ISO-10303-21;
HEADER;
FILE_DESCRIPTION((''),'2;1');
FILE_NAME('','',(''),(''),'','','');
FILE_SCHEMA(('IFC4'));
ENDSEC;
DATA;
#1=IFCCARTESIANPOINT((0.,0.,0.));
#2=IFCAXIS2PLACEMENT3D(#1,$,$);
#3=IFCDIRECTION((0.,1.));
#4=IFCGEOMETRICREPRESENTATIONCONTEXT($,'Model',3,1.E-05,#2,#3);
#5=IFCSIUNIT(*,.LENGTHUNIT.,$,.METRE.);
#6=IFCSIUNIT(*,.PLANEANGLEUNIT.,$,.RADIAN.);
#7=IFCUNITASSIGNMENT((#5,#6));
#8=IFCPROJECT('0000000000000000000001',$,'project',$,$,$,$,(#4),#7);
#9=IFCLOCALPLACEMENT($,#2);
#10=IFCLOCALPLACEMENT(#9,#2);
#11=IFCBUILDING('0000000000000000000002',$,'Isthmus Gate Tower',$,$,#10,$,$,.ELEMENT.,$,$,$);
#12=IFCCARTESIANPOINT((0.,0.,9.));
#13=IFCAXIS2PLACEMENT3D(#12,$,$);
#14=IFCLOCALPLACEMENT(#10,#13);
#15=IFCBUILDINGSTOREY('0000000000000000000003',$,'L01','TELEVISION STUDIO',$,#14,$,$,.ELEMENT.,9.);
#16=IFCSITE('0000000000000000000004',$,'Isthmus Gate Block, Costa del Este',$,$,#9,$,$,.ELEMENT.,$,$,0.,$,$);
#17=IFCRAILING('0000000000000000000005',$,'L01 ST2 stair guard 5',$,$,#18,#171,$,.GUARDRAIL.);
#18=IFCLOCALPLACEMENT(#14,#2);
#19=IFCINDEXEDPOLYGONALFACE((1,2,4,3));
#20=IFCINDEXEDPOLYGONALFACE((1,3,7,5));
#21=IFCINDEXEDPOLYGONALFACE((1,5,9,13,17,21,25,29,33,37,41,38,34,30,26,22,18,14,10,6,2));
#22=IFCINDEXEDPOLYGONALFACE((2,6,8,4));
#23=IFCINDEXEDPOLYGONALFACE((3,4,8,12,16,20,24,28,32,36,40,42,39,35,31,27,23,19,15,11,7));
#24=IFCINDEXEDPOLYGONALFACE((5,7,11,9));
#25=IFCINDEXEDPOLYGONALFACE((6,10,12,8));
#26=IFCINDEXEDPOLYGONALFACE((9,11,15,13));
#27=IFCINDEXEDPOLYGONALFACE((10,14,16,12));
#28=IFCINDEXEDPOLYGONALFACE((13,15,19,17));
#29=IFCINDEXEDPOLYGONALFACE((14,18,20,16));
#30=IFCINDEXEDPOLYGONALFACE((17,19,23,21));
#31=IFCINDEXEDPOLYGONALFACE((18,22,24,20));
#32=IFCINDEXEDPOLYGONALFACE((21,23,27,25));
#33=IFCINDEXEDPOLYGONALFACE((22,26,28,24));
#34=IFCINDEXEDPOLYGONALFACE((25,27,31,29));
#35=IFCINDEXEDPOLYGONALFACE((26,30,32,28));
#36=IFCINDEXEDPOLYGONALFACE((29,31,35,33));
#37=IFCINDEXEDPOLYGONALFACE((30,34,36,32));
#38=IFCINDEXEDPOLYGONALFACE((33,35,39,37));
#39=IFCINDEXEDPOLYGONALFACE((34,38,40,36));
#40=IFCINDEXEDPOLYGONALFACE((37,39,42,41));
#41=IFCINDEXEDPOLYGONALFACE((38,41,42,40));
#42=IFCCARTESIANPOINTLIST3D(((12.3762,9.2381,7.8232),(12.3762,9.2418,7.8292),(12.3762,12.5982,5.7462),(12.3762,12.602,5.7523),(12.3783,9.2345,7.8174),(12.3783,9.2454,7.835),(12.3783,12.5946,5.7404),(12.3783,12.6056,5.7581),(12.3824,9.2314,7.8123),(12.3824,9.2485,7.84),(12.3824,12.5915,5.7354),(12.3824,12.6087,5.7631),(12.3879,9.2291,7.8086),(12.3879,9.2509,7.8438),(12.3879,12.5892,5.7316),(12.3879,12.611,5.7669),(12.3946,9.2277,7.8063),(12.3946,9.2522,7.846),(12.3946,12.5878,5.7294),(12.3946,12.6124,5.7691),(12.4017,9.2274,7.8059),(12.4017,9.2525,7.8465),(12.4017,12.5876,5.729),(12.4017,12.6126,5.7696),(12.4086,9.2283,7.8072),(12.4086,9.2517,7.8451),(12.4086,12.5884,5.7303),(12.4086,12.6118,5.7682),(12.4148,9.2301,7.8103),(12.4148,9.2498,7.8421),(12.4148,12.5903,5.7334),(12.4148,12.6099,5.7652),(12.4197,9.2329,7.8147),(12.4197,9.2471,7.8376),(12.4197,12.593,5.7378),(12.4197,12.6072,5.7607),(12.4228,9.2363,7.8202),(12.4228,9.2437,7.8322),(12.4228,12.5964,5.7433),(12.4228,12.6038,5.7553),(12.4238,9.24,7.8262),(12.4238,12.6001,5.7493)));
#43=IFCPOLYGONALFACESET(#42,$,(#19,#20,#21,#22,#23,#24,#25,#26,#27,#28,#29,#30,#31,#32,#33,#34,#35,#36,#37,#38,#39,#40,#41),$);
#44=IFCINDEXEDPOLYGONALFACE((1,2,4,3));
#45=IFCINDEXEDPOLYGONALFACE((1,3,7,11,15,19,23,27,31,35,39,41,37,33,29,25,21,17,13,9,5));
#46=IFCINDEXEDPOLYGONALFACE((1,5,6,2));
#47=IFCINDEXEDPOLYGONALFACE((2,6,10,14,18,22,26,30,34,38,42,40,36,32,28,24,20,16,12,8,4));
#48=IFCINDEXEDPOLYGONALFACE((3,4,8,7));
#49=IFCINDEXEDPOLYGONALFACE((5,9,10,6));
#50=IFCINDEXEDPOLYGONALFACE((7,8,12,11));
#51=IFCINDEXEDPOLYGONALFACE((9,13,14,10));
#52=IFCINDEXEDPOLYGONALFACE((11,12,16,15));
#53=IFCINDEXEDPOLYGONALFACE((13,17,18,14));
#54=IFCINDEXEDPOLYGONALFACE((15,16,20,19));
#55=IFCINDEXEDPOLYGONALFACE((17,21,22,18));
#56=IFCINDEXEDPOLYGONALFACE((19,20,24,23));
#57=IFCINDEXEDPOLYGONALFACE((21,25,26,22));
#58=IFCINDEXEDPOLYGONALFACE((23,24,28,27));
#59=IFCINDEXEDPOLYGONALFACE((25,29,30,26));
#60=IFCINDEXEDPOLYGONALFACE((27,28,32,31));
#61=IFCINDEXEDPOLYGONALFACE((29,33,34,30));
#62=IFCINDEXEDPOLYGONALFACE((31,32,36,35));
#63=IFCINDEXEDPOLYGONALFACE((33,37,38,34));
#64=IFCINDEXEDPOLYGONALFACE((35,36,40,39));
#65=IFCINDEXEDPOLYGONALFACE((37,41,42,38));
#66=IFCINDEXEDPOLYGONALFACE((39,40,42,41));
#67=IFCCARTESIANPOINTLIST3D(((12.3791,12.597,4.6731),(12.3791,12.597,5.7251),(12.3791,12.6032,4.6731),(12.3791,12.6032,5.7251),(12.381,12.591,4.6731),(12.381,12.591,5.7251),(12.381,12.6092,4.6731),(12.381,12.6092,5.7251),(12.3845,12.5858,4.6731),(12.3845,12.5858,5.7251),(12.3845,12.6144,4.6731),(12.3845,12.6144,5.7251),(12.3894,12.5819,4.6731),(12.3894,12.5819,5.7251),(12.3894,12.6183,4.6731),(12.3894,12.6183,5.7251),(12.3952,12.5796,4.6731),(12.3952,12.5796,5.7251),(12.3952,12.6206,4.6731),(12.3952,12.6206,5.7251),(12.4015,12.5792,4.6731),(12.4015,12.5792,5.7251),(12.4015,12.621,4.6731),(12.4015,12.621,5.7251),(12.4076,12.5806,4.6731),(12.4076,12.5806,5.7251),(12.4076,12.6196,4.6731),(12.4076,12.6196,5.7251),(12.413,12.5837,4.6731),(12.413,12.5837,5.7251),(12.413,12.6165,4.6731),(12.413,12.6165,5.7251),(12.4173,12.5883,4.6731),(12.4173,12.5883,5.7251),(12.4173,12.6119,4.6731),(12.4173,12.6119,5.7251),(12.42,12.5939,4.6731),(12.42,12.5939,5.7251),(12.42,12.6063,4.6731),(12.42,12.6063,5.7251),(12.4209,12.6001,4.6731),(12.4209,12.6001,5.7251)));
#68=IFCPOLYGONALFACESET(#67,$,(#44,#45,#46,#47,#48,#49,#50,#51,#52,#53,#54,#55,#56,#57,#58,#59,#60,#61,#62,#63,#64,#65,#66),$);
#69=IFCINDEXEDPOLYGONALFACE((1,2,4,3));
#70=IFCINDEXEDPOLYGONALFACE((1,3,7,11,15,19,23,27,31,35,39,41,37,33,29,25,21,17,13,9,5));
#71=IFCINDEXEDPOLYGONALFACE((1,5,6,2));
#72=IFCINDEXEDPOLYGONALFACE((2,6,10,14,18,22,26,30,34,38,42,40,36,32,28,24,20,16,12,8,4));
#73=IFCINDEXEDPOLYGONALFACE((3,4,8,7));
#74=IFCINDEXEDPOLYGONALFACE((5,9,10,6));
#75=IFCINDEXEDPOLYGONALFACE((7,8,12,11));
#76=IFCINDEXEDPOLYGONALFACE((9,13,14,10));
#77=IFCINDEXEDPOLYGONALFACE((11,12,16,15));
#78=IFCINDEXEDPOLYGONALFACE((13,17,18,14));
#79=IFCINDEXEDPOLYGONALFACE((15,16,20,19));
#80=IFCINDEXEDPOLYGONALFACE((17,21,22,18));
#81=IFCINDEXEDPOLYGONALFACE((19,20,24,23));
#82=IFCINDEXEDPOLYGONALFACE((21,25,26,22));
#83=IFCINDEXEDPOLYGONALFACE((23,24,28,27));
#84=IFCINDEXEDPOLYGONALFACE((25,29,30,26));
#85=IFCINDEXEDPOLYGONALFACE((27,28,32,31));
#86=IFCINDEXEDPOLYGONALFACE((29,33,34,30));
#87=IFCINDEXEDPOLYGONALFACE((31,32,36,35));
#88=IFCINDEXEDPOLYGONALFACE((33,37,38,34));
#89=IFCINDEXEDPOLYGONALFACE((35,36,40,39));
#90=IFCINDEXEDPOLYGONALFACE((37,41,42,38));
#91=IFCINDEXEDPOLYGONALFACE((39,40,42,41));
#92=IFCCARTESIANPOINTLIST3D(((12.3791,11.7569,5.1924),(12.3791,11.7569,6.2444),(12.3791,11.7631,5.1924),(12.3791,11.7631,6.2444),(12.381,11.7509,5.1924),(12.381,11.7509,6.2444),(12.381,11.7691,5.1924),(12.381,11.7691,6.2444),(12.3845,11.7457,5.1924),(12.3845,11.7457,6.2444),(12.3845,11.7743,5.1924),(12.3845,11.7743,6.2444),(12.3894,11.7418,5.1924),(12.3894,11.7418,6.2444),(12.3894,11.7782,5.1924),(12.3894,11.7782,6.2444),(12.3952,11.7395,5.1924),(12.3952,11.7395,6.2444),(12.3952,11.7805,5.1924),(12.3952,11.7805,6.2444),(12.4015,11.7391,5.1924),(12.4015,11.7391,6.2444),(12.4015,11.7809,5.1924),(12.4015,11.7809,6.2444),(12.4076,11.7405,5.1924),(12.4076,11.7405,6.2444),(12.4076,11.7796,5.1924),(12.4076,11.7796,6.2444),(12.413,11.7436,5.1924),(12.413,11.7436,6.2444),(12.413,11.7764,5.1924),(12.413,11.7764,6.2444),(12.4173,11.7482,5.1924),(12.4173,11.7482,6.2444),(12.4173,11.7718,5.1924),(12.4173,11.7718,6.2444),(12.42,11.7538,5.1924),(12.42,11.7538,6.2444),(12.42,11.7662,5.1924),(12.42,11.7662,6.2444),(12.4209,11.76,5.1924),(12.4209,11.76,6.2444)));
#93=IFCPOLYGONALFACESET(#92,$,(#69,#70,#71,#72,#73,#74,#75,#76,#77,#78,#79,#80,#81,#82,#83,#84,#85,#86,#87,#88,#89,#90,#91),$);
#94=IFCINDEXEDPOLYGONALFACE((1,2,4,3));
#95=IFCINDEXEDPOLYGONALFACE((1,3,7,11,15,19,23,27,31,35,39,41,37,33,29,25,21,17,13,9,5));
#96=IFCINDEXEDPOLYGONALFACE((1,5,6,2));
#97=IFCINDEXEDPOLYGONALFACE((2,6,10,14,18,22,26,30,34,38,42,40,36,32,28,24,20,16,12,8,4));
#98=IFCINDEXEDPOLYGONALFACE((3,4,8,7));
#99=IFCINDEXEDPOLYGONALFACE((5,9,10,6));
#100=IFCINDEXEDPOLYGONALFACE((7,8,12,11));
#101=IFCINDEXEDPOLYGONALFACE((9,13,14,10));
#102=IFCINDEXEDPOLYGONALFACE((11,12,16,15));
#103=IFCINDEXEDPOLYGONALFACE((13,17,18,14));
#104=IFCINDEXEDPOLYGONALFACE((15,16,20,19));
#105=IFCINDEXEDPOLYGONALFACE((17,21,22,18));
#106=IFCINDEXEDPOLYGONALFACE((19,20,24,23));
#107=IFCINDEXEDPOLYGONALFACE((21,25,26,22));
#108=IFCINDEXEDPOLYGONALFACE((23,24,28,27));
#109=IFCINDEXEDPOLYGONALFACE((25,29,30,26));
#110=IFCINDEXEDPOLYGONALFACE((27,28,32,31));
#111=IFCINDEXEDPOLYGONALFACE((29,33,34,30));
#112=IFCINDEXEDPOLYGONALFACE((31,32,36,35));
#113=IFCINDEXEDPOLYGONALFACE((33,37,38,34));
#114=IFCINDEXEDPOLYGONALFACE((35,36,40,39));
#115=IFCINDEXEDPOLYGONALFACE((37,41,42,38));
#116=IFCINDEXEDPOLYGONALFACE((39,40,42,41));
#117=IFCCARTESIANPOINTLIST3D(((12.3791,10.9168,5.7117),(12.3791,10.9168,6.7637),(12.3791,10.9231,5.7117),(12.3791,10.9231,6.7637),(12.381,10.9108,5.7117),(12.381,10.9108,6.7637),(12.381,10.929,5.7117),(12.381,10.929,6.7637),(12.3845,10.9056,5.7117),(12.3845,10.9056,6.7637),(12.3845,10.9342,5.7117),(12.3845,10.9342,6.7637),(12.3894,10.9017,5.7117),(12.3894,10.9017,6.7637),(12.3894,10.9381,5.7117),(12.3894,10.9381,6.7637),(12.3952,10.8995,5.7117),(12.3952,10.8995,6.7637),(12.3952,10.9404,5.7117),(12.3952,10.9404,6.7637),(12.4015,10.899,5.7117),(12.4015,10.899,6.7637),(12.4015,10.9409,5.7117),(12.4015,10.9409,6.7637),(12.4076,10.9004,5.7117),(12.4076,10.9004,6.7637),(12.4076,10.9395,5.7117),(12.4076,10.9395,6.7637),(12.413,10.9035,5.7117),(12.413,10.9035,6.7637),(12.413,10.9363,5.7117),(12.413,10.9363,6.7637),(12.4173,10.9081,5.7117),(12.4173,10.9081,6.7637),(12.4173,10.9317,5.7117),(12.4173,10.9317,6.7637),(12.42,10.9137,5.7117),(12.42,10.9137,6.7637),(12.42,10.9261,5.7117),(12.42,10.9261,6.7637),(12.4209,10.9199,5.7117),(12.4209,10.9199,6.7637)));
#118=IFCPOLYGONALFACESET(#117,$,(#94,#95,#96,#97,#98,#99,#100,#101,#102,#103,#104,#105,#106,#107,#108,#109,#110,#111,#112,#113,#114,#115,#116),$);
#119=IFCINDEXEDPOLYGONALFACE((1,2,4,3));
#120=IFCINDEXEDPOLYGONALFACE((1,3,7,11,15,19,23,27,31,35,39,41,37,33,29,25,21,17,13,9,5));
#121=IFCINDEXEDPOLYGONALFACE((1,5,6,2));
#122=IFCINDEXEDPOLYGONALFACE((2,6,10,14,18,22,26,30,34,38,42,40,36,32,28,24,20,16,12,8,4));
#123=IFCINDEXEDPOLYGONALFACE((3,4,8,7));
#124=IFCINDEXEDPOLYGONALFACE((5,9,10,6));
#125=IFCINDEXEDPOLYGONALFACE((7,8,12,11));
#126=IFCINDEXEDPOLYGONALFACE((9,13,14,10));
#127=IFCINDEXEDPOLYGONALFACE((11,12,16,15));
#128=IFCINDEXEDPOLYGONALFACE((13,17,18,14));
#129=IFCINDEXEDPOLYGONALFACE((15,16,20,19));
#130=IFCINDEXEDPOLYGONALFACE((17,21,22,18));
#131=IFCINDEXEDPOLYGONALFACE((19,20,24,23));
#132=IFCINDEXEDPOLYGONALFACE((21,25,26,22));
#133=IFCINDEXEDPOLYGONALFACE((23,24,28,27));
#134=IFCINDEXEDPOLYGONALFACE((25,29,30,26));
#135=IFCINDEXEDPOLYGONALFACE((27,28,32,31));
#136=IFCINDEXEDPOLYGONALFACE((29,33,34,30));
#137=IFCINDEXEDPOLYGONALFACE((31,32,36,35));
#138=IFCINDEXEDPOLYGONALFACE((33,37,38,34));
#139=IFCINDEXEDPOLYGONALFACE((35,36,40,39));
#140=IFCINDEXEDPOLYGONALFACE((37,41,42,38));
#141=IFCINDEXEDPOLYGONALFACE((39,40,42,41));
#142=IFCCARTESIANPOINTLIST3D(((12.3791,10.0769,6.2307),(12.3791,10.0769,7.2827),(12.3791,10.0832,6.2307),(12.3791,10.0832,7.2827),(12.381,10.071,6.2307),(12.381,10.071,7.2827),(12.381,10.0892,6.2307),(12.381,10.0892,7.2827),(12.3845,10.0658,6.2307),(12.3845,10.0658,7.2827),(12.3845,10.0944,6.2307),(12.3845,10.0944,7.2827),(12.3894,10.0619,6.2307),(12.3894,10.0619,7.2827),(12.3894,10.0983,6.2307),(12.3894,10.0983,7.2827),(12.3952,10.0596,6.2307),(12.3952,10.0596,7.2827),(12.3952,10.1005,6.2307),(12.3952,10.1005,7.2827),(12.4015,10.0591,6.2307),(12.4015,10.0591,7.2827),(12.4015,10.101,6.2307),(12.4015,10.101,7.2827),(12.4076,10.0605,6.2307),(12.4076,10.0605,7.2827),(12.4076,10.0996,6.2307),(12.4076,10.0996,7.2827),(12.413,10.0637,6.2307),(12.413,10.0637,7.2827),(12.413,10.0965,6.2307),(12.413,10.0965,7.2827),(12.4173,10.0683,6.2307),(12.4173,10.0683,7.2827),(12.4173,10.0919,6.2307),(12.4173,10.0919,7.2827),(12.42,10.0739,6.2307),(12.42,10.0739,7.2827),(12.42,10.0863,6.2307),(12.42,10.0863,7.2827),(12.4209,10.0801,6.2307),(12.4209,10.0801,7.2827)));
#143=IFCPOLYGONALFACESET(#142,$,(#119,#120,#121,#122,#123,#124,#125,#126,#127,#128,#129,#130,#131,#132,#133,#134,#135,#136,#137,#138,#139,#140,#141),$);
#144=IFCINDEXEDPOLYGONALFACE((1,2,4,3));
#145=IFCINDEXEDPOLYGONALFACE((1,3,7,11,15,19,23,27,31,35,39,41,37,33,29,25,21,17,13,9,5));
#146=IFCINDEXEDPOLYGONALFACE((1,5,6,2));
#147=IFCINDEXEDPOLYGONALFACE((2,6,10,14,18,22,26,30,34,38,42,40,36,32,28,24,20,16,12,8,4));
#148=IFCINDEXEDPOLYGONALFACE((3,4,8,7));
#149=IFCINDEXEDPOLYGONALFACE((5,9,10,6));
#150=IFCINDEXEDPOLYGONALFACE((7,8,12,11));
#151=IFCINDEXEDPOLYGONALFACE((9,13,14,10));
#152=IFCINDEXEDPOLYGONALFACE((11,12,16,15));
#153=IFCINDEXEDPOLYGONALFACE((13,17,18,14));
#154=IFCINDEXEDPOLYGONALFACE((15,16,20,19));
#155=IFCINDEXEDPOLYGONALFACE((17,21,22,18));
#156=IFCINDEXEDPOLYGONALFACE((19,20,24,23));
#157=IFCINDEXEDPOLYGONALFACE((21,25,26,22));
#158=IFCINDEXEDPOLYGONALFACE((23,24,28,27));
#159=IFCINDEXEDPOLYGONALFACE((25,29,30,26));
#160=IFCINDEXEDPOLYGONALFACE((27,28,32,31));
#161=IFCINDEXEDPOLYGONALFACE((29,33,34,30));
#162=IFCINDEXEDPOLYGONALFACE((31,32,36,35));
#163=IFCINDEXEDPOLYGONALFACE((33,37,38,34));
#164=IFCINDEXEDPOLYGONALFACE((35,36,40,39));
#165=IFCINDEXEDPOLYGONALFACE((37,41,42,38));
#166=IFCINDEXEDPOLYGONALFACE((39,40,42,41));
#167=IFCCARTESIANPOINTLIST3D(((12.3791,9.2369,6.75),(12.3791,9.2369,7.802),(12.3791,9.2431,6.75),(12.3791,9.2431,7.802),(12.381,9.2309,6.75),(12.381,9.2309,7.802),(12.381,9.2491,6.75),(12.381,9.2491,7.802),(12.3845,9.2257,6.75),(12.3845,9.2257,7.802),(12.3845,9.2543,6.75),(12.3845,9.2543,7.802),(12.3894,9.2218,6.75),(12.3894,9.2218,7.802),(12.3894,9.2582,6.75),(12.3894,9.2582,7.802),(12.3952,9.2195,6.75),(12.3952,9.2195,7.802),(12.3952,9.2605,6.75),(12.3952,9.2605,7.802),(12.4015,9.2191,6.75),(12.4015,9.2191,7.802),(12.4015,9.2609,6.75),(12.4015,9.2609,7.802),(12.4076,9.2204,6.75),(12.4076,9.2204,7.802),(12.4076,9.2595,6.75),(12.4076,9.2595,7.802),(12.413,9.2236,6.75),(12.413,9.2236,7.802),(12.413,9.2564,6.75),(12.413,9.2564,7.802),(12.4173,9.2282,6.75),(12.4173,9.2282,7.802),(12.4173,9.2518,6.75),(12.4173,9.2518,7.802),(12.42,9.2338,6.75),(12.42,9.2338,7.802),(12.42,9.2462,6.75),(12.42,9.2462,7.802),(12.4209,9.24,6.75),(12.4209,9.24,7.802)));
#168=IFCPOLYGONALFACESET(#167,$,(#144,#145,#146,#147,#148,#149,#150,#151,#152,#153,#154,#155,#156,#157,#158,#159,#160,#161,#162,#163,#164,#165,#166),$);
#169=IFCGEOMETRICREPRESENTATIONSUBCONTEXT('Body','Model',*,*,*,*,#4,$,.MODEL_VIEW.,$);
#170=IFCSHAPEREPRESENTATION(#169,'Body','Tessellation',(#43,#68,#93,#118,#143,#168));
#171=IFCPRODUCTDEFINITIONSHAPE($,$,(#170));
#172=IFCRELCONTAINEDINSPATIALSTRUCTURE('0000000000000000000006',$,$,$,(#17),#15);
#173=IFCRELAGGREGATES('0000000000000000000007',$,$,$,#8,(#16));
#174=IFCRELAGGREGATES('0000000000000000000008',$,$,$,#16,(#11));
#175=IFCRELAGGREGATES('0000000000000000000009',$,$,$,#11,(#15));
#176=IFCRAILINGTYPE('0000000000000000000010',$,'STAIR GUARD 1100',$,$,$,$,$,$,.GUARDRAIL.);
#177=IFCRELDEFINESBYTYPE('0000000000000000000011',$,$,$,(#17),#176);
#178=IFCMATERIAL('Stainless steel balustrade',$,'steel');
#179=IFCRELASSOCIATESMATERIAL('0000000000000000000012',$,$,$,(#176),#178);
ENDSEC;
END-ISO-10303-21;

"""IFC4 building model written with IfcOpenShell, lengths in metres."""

from ifc_helpers import new_model, si_unit, direction, frame, origin, origin_2d, place, context, subcontext, project, spatial, circle, extrude, material, type_object, element, save


model = new_model("IFC4")

# Units and contexts
model_context = context("Model", 3, precision=1e-05, world=origin(), true_north=direction((0.0, 1.0)))
body_context = subcontext(model_context, "Body", "Model", "MODEL_VIEW")
ifc_project = project(units=[si_unit("LENGTHUNIT", "METRE"), si_unit("PLANEANGLEUNIT", "RADIAN")], contexts=[model_context])

# Site, building, storey
site_placement = place(None, origin())
site = spatial("IfcSite", under=ifc_project, at=site_placement, Name="Isthmus Gate Block, Costa del Este", CompositionType="ELEMENT", RefElevation=0.0)
building_placement = place(site_placement, origin())
building = spatial("IfcBuilding", under=site, at=building_placement, Name="Isthmus Gate Tower", CompositionType="ELEMENT")
storey_placement = place(building_placement, frame((0.0, 0.0, 9.0)))
storey = spatial("IfcBuildingStorey", under=building, at=storey_placement, Name="L01", Description="TELEVISION STUDIO", CompositionType="ELEMENT", Elevation=9.0)

# Railing
ifc_material_1 = material(Name="Stainless steel balustrade", Category="steel")
railing_type_1 = type_object("IfcRailingType", Name="STAIR GUARD 1100", PredefinedType="GUARDRAIL", material=ifc_material_1)
railing_1_placement = place(storey_placement, frame((12.3999, 12.6001, 4.6731)))
element("IfcRailing", 1, at=railing_1_placement, inside=storey, type_object=railing_type_1, Name="L01 ST2 stair guard 5", PredefinedType="GUARDRAIL", context=body_context, shape_type="SweptSolid", body=[
    extrude(circle(Radius=0.0239, at=origin_2d()), frame((0.0, 0.0, 1.0762), z_axis=(0.0, -0.850623, 0.525776), x_axis=(1.0, 0.0, 0.0)), (0.0, 0.0, 1.0), 3.9502),
    extrude(circle(Radius=0.021, at=origin_2d()), origin(), (0.0, 0.0, 1.0), 1.052),
    extrude(circle(Radius=0.021, at=origin_2d()), frame((0.0, -0.8401, 0.5193)), (0.0, 0.0, 1.0), 1.052),
    extrude(circle(Radius=0.021, at=origin_2d()), frame((0.0, -1.6802, 1.0386)), (0.0, 0.0, 1.0), 1.052),
    extrude(circle(Radius=0.021, at=origin_2d()), frame((0.0, -2.52, 1.5576)), (0.0, 0.0, 1.0), 1.052),
    extrude(circle(Radius=0.021, at=origin_2d()), frame((0.0, -3.3601, 2.0769)), (0.0, 0.0, 1.0), 1.052),
])

save(model, "model.ifc")
